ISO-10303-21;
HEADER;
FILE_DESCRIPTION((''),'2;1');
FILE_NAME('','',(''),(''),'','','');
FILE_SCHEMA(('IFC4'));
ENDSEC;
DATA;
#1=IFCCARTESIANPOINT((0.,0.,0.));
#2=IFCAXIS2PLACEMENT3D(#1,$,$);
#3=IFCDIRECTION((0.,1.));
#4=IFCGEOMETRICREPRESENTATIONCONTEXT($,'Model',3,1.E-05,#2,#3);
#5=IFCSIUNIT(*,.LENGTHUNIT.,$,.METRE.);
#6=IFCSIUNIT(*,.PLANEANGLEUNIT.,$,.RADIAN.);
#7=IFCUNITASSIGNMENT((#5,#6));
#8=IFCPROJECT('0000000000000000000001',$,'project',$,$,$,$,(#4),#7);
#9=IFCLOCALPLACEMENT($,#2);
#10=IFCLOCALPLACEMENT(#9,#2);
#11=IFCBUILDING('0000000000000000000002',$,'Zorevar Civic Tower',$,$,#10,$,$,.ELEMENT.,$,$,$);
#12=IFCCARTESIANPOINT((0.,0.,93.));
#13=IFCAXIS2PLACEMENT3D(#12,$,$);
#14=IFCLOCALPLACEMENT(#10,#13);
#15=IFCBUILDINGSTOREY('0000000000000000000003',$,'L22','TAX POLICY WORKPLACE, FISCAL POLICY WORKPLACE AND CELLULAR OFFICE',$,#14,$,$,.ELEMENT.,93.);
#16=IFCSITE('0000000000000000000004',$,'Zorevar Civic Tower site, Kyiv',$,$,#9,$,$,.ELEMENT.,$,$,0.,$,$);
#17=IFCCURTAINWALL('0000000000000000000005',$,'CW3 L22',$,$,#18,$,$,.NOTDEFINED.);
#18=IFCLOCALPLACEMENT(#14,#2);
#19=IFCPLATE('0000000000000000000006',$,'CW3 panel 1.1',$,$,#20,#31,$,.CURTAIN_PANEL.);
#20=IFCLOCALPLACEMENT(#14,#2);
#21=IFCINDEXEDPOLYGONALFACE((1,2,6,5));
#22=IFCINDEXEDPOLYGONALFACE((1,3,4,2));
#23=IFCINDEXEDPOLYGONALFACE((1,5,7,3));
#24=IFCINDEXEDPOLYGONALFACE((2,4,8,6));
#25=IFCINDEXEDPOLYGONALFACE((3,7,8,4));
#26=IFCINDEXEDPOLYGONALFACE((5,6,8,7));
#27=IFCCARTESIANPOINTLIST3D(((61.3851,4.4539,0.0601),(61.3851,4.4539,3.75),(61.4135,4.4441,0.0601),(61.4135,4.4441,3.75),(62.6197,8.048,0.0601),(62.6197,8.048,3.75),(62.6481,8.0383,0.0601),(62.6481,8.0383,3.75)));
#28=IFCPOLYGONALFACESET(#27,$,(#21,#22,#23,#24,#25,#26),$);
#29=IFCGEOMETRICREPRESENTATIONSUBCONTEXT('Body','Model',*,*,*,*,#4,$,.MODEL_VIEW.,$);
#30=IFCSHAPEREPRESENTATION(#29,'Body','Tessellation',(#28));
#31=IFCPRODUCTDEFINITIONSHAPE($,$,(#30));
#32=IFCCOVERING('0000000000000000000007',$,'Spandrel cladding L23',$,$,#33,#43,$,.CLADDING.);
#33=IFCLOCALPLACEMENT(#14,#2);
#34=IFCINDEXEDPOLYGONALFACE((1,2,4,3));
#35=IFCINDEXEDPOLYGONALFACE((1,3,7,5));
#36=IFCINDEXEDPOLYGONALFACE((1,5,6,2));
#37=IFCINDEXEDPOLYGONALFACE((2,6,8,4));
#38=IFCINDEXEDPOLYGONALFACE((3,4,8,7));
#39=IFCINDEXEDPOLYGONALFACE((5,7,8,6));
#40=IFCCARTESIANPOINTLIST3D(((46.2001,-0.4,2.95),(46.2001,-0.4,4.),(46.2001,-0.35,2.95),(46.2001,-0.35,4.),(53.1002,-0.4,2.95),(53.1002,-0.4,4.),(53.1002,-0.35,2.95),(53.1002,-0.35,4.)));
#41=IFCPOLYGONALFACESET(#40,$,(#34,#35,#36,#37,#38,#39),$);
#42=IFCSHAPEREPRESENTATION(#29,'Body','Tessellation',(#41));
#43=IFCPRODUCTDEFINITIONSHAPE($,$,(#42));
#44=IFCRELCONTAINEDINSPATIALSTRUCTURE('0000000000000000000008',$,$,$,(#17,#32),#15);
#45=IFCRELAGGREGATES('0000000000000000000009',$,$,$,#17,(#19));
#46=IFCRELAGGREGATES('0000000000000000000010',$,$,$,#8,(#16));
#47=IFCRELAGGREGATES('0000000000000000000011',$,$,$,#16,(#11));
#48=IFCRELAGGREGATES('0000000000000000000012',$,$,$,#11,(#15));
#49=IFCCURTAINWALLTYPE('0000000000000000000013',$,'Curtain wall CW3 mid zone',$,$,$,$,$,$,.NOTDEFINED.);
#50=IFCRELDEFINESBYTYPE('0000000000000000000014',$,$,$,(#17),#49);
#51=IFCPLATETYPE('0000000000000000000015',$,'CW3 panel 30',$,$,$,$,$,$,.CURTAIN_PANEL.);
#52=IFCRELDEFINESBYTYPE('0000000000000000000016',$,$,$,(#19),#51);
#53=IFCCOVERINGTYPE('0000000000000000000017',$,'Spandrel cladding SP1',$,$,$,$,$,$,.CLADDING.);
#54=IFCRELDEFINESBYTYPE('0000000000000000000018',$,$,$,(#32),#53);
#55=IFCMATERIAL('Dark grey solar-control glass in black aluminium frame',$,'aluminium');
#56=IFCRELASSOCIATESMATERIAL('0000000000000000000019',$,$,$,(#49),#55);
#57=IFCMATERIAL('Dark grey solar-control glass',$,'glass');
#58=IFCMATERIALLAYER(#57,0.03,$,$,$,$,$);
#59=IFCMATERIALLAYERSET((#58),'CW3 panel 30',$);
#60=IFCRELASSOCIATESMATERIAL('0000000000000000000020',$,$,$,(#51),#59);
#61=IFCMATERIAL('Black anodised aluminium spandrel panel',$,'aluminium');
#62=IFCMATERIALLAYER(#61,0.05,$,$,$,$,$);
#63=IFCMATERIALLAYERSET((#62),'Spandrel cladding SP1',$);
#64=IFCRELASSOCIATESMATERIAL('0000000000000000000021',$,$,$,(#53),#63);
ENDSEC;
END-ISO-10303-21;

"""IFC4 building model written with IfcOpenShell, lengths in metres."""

from ifc_helpers import new_model, si_unit, direction, frame, frame_2d, origin, origin_2d, place, context, subcontext, project, spatial, rectangle, extrude, material, layer, layer_set, type_object, element, aggregate, save


model = new_model("IFC4")

# Units and contexts
model_context = context("Model", 3, precision=1e-05, world=origin(), true_north=direction((0.0, 1.0)))
body_context = subcontext(model_context, "Body", "Model", "MODEL_VIEW")
ifc_project = project(units=[si_unit("LENGTHUNIT", "METRE"), si_unit("PLANEANGLEUNIT", "RADIAN")], contexts=[model_context])

# Site, building, storey
site_placement = place(None, origin())
site = spatial("IfcSite", under=ifc_project, at=site_placement, Name="Zorevar Civic Tower site, Kyiv", CompositionType="ELEMENT", RefElevation=0.0)
building_placement = place(site_placement, origin())
building = spatial("IfcBuilding", under=site, at=building_placement, Name="Zorevar Civic Tower", CompositionType="ELEMENT")
storey_placement = place(building_placement, frame((0.0, 0.0, 93.0)))
storey = spatial("IfcBuildingStorey", under=building, at=storey_placement, Name="L22", Description="TAX POLICY WORKPLACE, FISCAL POLICY WORKPLACE AND CELLULAR OFFICE", CompositionType="ELEMENT", Elevation=93.0)

# Curtain wall
ifc_material_1 = material(Name="Dark grey solar-control glass in black aluminium frame", Category="aluminium")
curtain_wall_type = type_object("IfcCurtainWallType", Name="Curtain wall CW3 mid zone", PredefinedType="NOTDEFINED", material=ifc_material_1)
curtain_wall_1_placement = place(storey_placement, origin())
curtain_wall_1 = element("IfcCurtainWall", 1, at=curtain_wall_1_placement, inside=storey, type_object=curtain_wall_type, Name="CW3 L22", PredefinedType="NOTDEFINED")

# Plate
ifc_material_2 = material(Name="Dark grey solar-control glass", Category="glass")
ifc_layer_1 = layer(ifc_material_2, 0.03)
ifc_layer_set_1 = layer_set([ifc_layer_1], Name="CW3 panel 30")
plate_type = type_object("IfcPlateType", Name="CW3 panel 30", PredefinedType="CURTAIN_PANEL", material=ifc_layer_set_1)
plate_1_placement = place(storey_placement, frame((62.0166, 6.2461, 0.0601), z_axis=(0.0, 0.0, 1.0), x_axis=(0.324878, 0.945756, 0.0)))
plate_1 = element("IfcPlate", 2, at=plate_1_placement, type_object=plate_type, Name="CW3 panel 1.1", PredefinedType="CURTAIN_PANEL", context=body_context, shape_type="SweptSolid", body=[
    extrude(rectangle(XDim=3.8003, YDim=0.03, at=origin_2d()), origin(), (0.0, 0.0, 1.0), 3.6899),
])
aggregate(curtain_wall_1, [plate_1])

# Covering
ifc_material_3 = material(Name="Black anodised aluminium spandrel panel", Category="aluminium")
ifc_layer_2 = layer(ifc_material_3, 0.05)
ifc_layer_set_2 = layer_set([ifc_layer_2], Name="Spandrel cladding SP1")
covering_type = type_object("IfcCoveringType", Name="Spandrel cladding SP1", PredefinedType="CLADDING", material=ifc_layer_set_2)
covering_placement = place(storey_placement, frame((46.2, -0.375, 2.95), z_axis=(0.0, 0.0, 1.0), x_axis=(1.0, 0.0, 0.0)))
element("IfcCovering", 3, at=covering_placement, inside=storey, type_object=covering_type, Name="Spandrel cladding L23", PredefinedType="CLADDING", context=body_context, shape_type="SweptSolid", body=[
    extrude(rectangle(XDim=6.9001, YDim=0.05, at=frame_2d((3.4502, 0.0))), origin(), (0.0, 0.0, 1.0), 1.05),
])

save(model, "model.ifc")
